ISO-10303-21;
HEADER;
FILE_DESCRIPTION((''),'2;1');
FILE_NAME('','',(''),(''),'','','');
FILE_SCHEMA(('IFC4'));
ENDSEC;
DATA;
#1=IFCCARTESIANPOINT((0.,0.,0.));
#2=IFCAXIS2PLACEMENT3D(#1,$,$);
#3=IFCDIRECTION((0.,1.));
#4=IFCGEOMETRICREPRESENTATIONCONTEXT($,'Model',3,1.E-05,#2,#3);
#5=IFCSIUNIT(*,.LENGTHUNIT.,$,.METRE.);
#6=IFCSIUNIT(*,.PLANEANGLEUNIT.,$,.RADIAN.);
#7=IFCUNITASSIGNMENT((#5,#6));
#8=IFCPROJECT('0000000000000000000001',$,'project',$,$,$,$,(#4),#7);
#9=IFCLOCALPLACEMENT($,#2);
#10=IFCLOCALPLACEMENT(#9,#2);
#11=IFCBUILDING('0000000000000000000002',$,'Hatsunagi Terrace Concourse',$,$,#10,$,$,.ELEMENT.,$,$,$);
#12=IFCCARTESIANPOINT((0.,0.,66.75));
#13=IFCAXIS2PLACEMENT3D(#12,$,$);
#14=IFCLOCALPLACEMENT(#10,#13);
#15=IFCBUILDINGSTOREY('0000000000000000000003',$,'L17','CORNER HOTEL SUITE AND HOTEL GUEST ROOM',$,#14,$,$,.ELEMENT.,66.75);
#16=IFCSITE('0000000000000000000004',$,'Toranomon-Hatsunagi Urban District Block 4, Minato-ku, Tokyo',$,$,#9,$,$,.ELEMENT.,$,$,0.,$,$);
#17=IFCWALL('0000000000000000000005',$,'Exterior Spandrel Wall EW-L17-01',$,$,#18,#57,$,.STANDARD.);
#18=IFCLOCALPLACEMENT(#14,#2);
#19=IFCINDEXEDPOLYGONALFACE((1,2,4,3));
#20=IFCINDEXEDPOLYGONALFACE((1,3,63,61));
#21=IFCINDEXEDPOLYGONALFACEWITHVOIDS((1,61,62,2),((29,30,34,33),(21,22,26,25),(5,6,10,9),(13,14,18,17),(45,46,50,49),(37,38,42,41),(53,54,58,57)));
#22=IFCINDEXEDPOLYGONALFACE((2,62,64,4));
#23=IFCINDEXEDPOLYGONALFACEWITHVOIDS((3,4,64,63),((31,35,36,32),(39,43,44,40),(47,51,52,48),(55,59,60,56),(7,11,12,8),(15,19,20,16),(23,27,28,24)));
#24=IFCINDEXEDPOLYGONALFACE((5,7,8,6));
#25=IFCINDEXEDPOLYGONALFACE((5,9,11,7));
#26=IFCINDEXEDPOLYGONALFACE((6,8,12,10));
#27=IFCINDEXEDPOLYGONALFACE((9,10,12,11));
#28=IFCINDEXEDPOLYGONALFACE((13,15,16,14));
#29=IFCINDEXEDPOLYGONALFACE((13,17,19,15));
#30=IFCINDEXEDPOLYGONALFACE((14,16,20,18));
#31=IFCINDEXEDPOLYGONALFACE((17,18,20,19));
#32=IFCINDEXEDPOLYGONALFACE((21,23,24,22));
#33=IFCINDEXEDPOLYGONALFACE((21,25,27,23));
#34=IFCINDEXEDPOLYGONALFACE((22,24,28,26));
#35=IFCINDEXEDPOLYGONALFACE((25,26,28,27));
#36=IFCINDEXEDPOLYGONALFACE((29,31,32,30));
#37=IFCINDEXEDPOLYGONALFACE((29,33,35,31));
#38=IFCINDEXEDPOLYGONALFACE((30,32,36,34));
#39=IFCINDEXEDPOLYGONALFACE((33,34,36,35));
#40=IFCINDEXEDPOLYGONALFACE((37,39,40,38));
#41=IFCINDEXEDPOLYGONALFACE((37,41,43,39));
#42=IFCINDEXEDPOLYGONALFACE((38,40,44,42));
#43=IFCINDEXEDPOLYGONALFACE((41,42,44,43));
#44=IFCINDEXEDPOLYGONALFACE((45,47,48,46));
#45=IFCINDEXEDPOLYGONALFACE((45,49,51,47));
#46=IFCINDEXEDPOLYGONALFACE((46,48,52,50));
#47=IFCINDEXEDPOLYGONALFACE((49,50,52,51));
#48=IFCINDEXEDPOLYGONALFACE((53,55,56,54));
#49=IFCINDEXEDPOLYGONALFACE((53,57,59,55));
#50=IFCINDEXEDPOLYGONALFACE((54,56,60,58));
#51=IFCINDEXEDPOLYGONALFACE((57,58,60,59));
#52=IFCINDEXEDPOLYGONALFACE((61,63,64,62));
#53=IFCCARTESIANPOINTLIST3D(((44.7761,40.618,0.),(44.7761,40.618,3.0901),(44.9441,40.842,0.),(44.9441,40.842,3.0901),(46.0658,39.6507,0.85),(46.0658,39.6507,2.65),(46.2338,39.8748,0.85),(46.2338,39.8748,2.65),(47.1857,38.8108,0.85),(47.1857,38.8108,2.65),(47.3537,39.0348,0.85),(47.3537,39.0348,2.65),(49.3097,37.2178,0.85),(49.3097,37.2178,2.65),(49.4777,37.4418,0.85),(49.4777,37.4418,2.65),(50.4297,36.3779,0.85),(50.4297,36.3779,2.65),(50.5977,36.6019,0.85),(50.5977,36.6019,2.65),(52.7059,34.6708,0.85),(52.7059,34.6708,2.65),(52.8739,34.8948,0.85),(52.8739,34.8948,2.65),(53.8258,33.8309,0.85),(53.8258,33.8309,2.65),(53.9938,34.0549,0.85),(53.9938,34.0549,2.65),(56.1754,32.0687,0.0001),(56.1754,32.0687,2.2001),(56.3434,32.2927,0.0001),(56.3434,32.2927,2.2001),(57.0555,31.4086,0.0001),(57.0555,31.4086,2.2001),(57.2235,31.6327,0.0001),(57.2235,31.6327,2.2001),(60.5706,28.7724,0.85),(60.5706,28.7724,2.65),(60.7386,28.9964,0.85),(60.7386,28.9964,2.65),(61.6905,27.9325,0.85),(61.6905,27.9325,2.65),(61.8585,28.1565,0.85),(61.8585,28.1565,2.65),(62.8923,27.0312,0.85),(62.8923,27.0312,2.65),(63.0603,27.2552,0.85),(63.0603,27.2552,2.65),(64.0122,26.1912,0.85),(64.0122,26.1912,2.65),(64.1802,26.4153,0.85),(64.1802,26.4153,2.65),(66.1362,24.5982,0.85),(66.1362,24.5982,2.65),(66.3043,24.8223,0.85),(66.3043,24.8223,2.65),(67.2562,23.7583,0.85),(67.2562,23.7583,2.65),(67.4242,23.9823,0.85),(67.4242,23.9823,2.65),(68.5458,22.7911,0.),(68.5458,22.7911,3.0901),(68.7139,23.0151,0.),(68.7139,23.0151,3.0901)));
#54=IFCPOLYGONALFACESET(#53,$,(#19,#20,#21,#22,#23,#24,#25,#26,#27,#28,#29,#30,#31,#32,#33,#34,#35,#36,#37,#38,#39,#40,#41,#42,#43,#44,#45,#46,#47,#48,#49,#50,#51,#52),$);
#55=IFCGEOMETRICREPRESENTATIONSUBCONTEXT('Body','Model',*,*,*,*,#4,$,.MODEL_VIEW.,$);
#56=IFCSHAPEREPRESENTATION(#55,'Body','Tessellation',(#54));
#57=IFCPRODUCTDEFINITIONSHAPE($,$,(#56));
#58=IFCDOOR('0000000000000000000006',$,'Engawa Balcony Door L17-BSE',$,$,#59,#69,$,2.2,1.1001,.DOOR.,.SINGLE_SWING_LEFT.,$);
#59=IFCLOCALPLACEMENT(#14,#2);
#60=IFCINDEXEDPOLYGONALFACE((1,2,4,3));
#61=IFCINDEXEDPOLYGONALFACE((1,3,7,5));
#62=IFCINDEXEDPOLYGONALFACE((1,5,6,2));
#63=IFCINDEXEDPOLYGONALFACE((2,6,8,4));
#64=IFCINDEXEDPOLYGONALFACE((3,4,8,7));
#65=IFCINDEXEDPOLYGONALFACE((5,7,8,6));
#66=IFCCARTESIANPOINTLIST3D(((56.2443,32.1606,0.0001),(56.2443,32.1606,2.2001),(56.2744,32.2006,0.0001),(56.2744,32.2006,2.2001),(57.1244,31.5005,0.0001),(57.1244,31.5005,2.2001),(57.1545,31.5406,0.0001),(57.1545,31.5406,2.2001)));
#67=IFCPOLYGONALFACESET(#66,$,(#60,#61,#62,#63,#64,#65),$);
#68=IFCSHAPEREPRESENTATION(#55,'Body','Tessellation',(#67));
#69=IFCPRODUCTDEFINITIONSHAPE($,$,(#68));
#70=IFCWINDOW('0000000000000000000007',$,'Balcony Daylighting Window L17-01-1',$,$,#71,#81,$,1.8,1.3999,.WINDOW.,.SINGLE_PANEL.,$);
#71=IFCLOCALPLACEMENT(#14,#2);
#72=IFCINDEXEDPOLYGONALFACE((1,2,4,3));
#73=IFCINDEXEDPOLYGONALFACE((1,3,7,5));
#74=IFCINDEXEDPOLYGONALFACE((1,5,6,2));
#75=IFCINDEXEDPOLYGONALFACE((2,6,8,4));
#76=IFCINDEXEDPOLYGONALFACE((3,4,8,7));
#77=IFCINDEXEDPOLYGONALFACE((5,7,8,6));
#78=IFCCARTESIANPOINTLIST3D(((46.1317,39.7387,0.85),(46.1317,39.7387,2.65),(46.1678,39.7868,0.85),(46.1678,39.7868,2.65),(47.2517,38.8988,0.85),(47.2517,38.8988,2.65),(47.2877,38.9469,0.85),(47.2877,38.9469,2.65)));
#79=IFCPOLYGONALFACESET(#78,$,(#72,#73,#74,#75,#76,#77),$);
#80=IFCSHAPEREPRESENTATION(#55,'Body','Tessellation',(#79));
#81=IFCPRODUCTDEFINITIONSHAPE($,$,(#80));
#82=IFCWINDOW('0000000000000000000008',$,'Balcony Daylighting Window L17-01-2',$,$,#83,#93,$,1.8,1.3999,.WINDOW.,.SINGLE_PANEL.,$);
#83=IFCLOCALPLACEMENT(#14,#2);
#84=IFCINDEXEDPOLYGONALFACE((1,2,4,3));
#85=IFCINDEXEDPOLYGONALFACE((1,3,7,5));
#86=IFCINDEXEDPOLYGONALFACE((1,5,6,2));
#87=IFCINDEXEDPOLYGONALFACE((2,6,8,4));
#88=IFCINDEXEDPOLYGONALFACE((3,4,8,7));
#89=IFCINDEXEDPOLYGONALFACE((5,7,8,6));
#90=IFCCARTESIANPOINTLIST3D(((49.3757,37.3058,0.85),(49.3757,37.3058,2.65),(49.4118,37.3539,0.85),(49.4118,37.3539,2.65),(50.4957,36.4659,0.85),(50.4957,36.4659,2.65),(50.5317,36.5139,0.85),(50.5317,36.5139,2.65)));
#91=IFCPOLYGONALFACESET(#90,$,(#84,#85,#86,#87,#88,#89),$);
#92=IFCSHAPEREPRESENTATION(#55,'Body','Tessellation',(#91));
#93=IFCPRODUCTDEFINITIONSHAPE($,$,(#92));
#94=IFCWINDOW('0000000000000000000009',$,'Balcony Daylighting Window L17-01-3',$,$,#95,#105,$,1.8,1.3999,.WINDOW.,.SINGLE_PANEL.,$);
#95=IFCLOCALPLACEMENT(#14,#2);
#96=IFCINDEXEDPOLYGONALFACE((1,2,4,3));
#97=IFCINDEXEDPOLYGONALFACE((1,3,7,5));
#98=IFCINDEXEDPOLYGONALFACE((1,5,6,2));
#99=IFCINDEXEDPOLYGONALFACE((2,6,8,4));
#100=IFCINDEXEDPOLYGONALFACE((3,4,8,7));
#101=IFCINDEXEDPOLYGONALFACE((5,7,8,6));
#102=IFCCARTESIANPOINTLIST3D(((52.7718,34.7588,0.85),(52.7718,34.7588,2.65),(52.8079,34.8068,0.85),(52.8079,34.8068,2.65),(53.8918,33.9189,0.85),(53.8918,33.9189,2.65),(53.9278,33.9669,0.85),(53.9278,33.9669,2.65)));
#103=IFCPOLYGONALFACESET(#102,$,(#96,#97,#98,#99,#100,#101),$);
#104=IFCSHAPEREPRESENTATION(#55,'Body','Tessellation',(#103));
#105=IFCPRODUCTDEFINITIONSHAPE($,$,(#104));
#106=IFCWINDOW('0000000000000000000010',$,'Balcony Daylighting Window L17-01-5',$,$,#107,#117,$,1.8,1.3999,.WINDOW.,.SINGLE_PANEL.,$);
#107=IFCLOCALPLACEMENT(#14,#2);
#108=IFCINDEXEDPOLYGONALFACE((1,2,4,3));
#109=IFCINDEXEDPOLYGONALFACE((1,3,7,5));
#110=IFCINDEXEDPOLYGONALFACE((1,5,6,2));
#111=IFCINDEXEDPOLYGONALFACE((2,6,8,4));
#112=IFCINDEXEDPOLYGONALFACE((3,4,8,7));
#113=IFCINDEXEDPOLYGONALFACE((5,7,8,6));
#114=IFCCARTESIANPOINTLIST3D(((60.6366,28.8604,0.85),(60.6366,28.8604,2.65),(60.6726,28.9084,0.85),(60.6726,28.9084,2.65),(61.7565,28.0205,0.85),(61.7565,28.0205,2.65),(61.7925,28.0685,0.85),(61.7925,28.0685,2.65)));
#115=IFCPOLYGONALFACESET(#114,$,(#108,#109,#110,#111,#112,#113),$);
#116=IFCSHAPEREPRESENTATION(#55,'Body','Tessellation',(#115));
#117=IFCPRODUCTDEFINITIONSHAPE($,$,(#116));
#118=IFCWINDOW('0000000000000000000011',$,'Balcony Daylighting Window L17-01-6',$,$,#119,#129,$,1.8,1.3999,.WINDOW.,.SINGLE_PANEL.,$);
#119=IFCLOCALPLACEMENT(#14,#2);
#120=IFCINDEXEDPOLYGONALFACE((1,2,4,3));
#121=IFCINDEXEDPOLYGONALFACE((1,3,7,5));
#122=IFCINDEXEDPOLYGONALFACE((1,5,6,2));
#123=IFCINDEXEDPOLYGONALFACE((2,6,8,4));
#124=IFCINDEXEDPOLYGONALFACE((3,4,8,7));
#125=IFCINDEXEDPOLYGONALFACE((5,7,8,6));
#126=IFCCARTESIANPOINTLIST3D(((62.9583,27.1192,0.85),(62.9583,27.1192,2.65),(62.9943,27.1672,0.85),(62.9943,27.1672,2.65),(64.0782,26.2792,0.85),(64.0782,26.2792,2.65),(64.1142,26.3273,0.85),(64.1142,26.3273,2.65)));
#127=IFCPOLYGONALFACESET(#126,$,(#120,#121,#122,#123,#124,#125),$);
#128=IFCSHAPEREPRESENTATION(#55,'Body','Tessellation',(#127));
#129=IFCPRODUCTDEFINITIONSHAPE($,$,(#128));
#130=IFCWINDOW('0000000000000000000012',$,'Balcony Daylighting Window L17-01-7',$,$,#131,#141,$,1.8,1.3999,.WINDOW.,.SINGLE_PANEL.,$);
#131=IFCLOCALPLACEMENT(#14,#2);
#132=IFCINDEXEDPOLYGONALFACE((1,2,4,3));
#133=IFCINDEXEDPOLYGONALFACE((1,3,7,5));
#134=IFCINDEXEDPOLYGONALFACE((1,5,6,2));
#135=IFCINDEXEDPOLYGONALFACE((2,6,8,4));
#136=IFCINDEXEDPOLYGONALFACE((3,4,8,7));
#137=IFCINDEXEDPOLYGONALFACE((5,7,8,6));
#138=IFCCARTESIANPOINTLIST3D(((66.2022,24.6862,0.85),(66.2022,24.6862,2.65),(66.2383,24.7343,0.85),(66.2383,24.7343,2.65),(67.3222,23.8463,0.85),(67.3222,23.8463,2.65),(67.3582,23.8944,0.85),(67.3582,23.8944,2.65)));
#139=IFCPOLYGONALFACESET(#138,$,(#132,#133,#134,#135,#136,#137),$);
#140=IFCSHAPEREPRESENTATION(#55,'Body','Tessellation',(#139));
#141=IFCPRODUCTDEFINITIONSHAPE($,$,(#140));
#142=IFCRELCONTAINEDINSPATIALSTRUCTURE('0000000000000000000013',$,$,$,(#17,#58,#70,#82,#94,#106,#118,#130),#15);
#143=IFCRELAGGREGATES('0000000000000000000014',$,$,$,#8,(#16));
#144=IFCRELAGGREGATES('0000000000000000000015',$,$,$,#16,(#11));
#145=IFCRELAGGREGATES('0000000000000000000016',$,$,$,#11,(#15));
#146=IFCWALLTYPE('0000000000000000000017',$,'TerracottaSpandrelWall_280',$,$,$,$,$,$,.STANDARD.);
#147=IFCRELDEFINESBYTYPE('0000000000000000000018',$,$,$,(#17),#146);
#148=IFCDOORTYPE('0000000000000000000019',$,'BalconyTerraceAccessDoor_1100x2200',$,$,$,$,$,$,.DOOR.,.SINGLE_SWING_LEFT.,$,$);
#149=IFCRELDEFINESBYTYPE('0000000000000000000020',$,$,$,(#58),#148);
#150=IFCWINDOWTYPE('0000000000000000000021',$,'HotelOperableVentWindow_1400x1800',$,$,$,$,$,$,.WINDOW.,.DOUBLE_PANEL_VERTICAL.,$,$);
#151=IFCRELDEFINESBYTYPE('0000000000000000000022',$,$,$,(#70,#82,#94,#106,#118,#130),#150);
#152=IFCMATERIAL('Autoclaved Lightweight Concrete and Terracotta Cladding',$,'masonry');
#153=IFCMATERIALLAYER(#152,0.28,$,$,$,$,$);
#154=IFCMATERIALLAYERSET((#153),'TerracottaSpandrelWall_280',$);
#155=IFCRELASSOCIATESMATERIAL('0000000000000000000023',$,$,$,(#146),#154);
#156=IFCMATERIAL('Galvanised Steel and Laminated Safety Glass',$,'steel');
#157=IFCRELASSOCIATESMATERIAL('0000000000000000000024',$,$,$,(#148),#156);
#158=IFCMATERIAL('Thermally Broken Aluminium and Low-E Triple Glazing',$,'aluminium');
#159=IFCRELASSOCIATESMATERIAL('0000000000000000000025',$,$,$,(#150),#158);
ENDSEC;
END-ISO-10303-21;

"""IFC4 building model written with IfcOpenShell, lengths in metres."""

from ifc_helpers import new_model, si_unit, direction, frame, frame_2d, origin, place, context, subcontext, project, spatial, rectangle, extrude, material, layer, layer_set, type_object, element, fill, save


model = new_model("IFC4")

# Units and contexts
model_context = context("Model", 3, precision=1e-05, world=origin(), true_north=direction((0.0, 1.0)))
body_context = subcontext(model_context, "Body", "Model", "MODEL_VIEW")
ifc_project = project(units=[si_unit("LENGTHUNIT", "METRE"), si_unit("PLANEANGLEUNIT", "RADIAN")], contexts=[model_context])

# Site, building, storey
site_placement = place(None, origin())
site = spatial("IfcSite", under=ifc_project, at=site_placement, Name="Toranomon-Hatsunagi Urban District Block 4, Minato-ku, Tokyo", CompositionType="ELEMENT", RefElevation=0.0)
building_placement = place(site_placement, origin())
building = spatial("IfcBuilding", under=site, at=building_placement, Name="Hatsunagi Terrace Concourse", CompositionType="ELEMENT")
storey_placement = place(building_placement, frame((0.0, 0.0, 66.75)))
storey = spatial("IfcBuildingStorey", under=building, at=storey_placement, Name="L17", Description="CORNER HOTEL SUITE AND HOTEL GUEST ROOM", CompositionType="ELEMENT", Elevation=66.75)

# Wall, openings, door, windows
ifc_material_1 = material(Name="Autoclaved Lightweight Concrete and Terracotta Cladding", Category="masonry")
ifc_layer_1 = layer(ifc_material_1, 0.28)
ifc_layer_set_1 = layer_set([ifc_layer_1], Name="TerracottaSpandrelWall_280")
wall_type_1 = type_object("IfcWallType", Name="TerracottaSpandrelWall_280", PredefinedType="STANDARD", material=ifc_layer_set_1)
wall_1_placement = place(storey_placement, frame((44.8601, 40.73, 0.0), z_axis=(0.0, 0.0, 1.0), x_axis=(0.800007, -0.599991, 0.0)))
wall_1 = element("IfcWall", 1, at=wall_1_placement, inside=storey, type_object=wall_type_1, Name="Exterior Spandrel Wall EW-L17-01", PredefinedType="STANDARD", context=body_context, shape_type="SweptSolid", body=[
    extrude(rectangle(XDim=29.7119, YDim=0.28, at=frame_2d((14.856, 0.0))), origin(), (0.0, 0.0, 1.0), 3.0901),
])
opening_1_placement = place(wall_1_placement, frame((14.249, 0.0, 0.0)))
opening_1 = element("IfcOpeningElement", 2, at=opening_1_placement, cuts=wall_1, PredefinedType="OPENING", context=body_context, shape_type="SweptSolid", body=[
    extrude(rectangle(XDim=1.1001, YDim=2.2, at=frame_2d((0.55, 1.1001))), frame((0.0, 0.1499, 0.0), z_axis=(0.0, -1.0, 0.0), x_axis=(1.0, 0.0, 0.0)), (0.0, 0.0, 1.0), 0.3),
])
opening_2_placement = place(wall_1_placement, frame((1.6121, 0.0, 0.8501)))
opening_2 = element("IfcOpeningElement", 3, at=opening_2_placement, cuts=wall_1, PredefinedType="OPENING", context=body_context, shape_type="SweptSolid", body=[
    extrude(rectangle(XDim=1.3999, YDim=1.8, at=frame_2d((0.7, 0.8999))), frame((0.0, 0.1499, 0.0), z_axis=(0.0, -1.0, 0.0), x_axis=(1.0, 0.0, 0.0)), (0.0, 0.0, 1.0), 0.3),
])
opening_3_placement = place(wall_1_placement, frame((5.667, 0.0, 0.8501)))
opening_3 = element("IfcOpeningElement", 4, at=opening_3_placement, cuts=wall_1, PredefinedType="OPENING", context=body_context, shape_type="SweptSolid", body=[
    extrude(rectangle(XDim=1.3999, YDim=1.8, at=frame_2d((0.7, 0.8999))), frame((0.0, 0.1499, 0.0), z_axis=(0.0, -1.0, 0.0), x_axis=(1.0, 0.0, 0.0)), (0.0, 0.0, 1.0), 0.3),
])
opening_4_placement = place(wall_1_placement, frame((9.9121, 0.0, 0.8501)))
opening_4 = element("IfcOpeningElement", 5, at=opening_4_placement, cuts=wall_1, PredefinedType="OPENING", context=body_context, shape_type="SweptSolid", body=[
    extrude(rectangle(XDim=1.3999, YDim=1.8, at=frame_2d((0.7, 0.8999))), frame((0.0, 0.1499, 0.0), z_axis=(0.0, -1.0, 0.0), x_axis=(1.0, 0.0, 0.0)), (0.0, 0.0, 1.0), 0.3),
])
opening_5_placement = place(wall_1_placement, frame((19.7429, 0.0, 0.8501)))
opening_5 = element("IfcOpeningElement", 6, at=opening_5_placement, cuts=wall_1, PredefinedType="OPENING", context=body_context, shape_type="SweptSolid", body=[
    extrude(rectangle(XDim=1.3999, YDim=1.8, at=frame_2d((0.7, 0.8999))), frame((0.0, 0.1499, 0.0), z_axis=(0.0, -1.0, 0.0), x_axis=(1.0, 0.0, 0.0)), (0.0, 0.0, 1.0), 0.3),
])
opening_6_placement = place(wall_1_placement, frame((22.645, 0.0, 0.8501)))
opening_6 = element("IfcOpeningElement", 7, at=opening_6_placement, cuts=wall_1, PredefinedType="OPENING", context=body_context, shape_type="SweptSolid", body=[
    extrude(rectangle(XDim=1.3999, YDim=1.8, at=frame_2d((0.7, 0.8999))), frame((0.0, 0.1499, 0.0), z_axis=(0.0, -1.0, 0.0), x_axis=(1.0, 0.0, 0.0)), (0.0, 0.0, 1.0), 0.3),
])
opening_7_placement = place(wall_1_placement, frame((26.7, 0.0, 0.8501)))
opening_7 = element("IfcOpeningElement", 8, at=opening_7_placement, cuts=wall_1, PredefinedType="OPENING", context=body_context, shape_type="SweptSolid", body=[
    extrude(rectangle(XDim=1.3999, YDim=1.8, at=frame_2d((0.7, 0.8999))), frame((0.0, 0.1499, 0.0), z_axis=(0.0, -1.0, 0.0), x_axis=(1.0, 0.0, 0.0)), (0.0, 0.0, 1.0), 0.3),
])
ifc_material_2 = material(Name="Galvanised Steel and Laminated Safety Glass", Category="steel")
door_type_1 = type_object("IfcDoorType", Name="BalconyTerraceAccessDoor_1100x2200", OperationType="SINGLE_SWING_LEFT", PredefinedType="DOOR", material=ifc_material_2)
door_1_placement = place(opening_1_placement, origin())
door_1 = element("IfcDoor", 9, at=door_1_placement, inside=storey, type_object=door_type_1, Name="Engawa Balcony Door L17-BSE", OperationType="SINGLE_SWING_LEFT", OverallHeight=2.2, OverallWidth=1.1001, PredefinedType="DOOR", context=body_context, shape_type="SweptSolid", body=[
    extrude(rectangle(XDim=1.1001, YDim=2.2, at=frame_2d((0.55, 1.1001))), frame((0.0, 0.0249, 0.0), z_axis=(0.0, -1.0, 0.0), x_axis=(1.0, 0.0, 0.0)), (0.0, 0.0, 1.0), 0.05),
])
fill(opening_1, door_1)
ifc_material_3 = material(Name="Thermally Broken Aluminium and Low-E Triple Glazing", Category="aluminium")
window_type = type_object("IfcWindowType", Name="HotelOperableVentWindow_1400x1800", PartitioningType="DOUBLE_PANEL_VERTICAL", PredefinedType="WINDOW", material=ifc_material_3)
window_1_placement = place(opening_2_placement, origin())
window_1 = element("IfcWindow", 10, at=window_1_placement, inside=storey, type_object=window_type, Name="Balcony Daylighting Window L17-01-1", OverallHeight=1.8, OverallWidth=1.3999, PartitioningType="SINGLE_PANEL", PredefinedType="WINDOW", context=body_context, shape_type="SweptSolid", body=[
    extrude(rectangle(XDim=1.3999, YDim=1.8, at=frame_2d((0.7, 0.8999))), frame((0.0, 0.03, 0.0), z_axis=(0.0, -1.0, 0.0), x_axis=(1.0, 0.0, 0.0)), (0.0, 0.0, 1.0), 0.0601),
])
fill(opening_2, window_1)
window_2_placement = place(opening_3_placement, origin())
window_2 = element("IfcWindow", 11, at=window_2_placement, inside=storey, type_object=window_type, Name="Balcony Daylighting Window L17-01-2", OverallHeight=1.8, OverallWidth=1.3999, PartitioningType="SINGLE_PANEL", PredefinedType="WINDOW", context=body_context, shape_type="SweptSolid", body=[
    extrude(rectangle(XDim=1.3999, YDim=1.8, at=frame_2d((0.7, 0.8999))), frame((0.0, 0.03, 0.0), z_axis=(0.0, -1.0, 0.0), x_axis=(1.0, 0.0, 0.0)), (0.0, 0.0, 1.0), 0.0601),
])
fill(opening_3, window_2)
window_3_placement = place(opening_4_placement, origin())
window_3 = element("IfcWindow", 12, at=window_3_placement, inside=storey, type_object=window_type, Name="Balcony Daylighting Window L17-01-3", OverallHeight=1.8, OverallWidth=1.3999, PartitioningType="SINGLE_PANEL", PredefinedType="WINDOW", context=body_context, shape_type="SweptSolid", body=[
    extrude(rectangle(XDim=1.3999, YDim=1.8, at=frame_2d((0.7, 0.8999))), frame((0.0, 0.03, 0.0), z_axis=(0.0, -1.0, 0.0), x_axis=(1.0, 0.0, 0.0)), (0.0, 0.0, 1.0), 0.0601),
])
fill(opening_4, window_3)
window_4_placement = place(opening_5_placement, origin())
window_4 = element("IfcWindow", 13, at=window_4_placement, inside=storey, type_object=window_type, Name="Balcony Daylighting Window L17-01-5", OverallHeight=1.8, OverallWidth=1.3999, PartitioningType="SINGLE_PANEL", PredefinedType="WINDOW", context=body_context, shape_type="SweptSolid", body=[
    extrude(rectangle(XDim=1.3999, YDim=1.8, at=frame_2d((0.7, 0.8999))), frame((0.0, 0.03, 0.0), z_axis=(0.0, -1.0, 0.0), x_axis=(1.0, 0.0, 0.0)), (0.0, 0.0, 1.0), 0.0601),
])
fill(opening_5, window_4)
window_5_placement = place(opening_6_placement, origin())
window_5 = element("IfcWindow", 14, at=window_5_placement, inside=storey, type_object=window_type, Name="Balcony Daylighting Window L17-01-6", OverallHeight=1.8, OverallWidth=1.3999, PartitioningType="SINGLE_PANEL", PredefinedType="WINDOW", context=body_context, shape_type="SweptSolid", body=[
    extrude(rectangle(XDim=1.3999, YDim=1.8, at=frame_2d((0.7, 0.8999))), frame((0.0, 0.03, 0.0), z_axis=(0.0, -1.0, 0.0), x_axis=(1.0, 0.0, 0.0)), (0.0, 0.0, 1.0), 0.0601),
])
fill(opening_6, window_5)
window_6_placement = place(opening_7_placement, origin())
window_6 = element("IfcWindow", 15, at=window_6_placement, inside=storey, type_object=window_type, Name="Balcony Daylighting Window L17-01-7", OverallHeight=1.8, OverallWidth=1.3999, PartitioningType="SINGLE_PANEL", PredefinedType="WINDOW", context=body_context, shape_type="SweptSolid", body=[
    extrude(rectangle(XDim=1.3999, YDim=1.8, at=frame_2d((0.7, 0.8999))), frame((0.0, 0.03, 0.0), z_axis=(0.0, -1.0, 0.0), x_axis=(1.0, 0.0, 0.0)), (0.0, 0.0, 1.0), 0.0601),
])
fill(opening_7, window_6)

save(model, "model.ifc")
